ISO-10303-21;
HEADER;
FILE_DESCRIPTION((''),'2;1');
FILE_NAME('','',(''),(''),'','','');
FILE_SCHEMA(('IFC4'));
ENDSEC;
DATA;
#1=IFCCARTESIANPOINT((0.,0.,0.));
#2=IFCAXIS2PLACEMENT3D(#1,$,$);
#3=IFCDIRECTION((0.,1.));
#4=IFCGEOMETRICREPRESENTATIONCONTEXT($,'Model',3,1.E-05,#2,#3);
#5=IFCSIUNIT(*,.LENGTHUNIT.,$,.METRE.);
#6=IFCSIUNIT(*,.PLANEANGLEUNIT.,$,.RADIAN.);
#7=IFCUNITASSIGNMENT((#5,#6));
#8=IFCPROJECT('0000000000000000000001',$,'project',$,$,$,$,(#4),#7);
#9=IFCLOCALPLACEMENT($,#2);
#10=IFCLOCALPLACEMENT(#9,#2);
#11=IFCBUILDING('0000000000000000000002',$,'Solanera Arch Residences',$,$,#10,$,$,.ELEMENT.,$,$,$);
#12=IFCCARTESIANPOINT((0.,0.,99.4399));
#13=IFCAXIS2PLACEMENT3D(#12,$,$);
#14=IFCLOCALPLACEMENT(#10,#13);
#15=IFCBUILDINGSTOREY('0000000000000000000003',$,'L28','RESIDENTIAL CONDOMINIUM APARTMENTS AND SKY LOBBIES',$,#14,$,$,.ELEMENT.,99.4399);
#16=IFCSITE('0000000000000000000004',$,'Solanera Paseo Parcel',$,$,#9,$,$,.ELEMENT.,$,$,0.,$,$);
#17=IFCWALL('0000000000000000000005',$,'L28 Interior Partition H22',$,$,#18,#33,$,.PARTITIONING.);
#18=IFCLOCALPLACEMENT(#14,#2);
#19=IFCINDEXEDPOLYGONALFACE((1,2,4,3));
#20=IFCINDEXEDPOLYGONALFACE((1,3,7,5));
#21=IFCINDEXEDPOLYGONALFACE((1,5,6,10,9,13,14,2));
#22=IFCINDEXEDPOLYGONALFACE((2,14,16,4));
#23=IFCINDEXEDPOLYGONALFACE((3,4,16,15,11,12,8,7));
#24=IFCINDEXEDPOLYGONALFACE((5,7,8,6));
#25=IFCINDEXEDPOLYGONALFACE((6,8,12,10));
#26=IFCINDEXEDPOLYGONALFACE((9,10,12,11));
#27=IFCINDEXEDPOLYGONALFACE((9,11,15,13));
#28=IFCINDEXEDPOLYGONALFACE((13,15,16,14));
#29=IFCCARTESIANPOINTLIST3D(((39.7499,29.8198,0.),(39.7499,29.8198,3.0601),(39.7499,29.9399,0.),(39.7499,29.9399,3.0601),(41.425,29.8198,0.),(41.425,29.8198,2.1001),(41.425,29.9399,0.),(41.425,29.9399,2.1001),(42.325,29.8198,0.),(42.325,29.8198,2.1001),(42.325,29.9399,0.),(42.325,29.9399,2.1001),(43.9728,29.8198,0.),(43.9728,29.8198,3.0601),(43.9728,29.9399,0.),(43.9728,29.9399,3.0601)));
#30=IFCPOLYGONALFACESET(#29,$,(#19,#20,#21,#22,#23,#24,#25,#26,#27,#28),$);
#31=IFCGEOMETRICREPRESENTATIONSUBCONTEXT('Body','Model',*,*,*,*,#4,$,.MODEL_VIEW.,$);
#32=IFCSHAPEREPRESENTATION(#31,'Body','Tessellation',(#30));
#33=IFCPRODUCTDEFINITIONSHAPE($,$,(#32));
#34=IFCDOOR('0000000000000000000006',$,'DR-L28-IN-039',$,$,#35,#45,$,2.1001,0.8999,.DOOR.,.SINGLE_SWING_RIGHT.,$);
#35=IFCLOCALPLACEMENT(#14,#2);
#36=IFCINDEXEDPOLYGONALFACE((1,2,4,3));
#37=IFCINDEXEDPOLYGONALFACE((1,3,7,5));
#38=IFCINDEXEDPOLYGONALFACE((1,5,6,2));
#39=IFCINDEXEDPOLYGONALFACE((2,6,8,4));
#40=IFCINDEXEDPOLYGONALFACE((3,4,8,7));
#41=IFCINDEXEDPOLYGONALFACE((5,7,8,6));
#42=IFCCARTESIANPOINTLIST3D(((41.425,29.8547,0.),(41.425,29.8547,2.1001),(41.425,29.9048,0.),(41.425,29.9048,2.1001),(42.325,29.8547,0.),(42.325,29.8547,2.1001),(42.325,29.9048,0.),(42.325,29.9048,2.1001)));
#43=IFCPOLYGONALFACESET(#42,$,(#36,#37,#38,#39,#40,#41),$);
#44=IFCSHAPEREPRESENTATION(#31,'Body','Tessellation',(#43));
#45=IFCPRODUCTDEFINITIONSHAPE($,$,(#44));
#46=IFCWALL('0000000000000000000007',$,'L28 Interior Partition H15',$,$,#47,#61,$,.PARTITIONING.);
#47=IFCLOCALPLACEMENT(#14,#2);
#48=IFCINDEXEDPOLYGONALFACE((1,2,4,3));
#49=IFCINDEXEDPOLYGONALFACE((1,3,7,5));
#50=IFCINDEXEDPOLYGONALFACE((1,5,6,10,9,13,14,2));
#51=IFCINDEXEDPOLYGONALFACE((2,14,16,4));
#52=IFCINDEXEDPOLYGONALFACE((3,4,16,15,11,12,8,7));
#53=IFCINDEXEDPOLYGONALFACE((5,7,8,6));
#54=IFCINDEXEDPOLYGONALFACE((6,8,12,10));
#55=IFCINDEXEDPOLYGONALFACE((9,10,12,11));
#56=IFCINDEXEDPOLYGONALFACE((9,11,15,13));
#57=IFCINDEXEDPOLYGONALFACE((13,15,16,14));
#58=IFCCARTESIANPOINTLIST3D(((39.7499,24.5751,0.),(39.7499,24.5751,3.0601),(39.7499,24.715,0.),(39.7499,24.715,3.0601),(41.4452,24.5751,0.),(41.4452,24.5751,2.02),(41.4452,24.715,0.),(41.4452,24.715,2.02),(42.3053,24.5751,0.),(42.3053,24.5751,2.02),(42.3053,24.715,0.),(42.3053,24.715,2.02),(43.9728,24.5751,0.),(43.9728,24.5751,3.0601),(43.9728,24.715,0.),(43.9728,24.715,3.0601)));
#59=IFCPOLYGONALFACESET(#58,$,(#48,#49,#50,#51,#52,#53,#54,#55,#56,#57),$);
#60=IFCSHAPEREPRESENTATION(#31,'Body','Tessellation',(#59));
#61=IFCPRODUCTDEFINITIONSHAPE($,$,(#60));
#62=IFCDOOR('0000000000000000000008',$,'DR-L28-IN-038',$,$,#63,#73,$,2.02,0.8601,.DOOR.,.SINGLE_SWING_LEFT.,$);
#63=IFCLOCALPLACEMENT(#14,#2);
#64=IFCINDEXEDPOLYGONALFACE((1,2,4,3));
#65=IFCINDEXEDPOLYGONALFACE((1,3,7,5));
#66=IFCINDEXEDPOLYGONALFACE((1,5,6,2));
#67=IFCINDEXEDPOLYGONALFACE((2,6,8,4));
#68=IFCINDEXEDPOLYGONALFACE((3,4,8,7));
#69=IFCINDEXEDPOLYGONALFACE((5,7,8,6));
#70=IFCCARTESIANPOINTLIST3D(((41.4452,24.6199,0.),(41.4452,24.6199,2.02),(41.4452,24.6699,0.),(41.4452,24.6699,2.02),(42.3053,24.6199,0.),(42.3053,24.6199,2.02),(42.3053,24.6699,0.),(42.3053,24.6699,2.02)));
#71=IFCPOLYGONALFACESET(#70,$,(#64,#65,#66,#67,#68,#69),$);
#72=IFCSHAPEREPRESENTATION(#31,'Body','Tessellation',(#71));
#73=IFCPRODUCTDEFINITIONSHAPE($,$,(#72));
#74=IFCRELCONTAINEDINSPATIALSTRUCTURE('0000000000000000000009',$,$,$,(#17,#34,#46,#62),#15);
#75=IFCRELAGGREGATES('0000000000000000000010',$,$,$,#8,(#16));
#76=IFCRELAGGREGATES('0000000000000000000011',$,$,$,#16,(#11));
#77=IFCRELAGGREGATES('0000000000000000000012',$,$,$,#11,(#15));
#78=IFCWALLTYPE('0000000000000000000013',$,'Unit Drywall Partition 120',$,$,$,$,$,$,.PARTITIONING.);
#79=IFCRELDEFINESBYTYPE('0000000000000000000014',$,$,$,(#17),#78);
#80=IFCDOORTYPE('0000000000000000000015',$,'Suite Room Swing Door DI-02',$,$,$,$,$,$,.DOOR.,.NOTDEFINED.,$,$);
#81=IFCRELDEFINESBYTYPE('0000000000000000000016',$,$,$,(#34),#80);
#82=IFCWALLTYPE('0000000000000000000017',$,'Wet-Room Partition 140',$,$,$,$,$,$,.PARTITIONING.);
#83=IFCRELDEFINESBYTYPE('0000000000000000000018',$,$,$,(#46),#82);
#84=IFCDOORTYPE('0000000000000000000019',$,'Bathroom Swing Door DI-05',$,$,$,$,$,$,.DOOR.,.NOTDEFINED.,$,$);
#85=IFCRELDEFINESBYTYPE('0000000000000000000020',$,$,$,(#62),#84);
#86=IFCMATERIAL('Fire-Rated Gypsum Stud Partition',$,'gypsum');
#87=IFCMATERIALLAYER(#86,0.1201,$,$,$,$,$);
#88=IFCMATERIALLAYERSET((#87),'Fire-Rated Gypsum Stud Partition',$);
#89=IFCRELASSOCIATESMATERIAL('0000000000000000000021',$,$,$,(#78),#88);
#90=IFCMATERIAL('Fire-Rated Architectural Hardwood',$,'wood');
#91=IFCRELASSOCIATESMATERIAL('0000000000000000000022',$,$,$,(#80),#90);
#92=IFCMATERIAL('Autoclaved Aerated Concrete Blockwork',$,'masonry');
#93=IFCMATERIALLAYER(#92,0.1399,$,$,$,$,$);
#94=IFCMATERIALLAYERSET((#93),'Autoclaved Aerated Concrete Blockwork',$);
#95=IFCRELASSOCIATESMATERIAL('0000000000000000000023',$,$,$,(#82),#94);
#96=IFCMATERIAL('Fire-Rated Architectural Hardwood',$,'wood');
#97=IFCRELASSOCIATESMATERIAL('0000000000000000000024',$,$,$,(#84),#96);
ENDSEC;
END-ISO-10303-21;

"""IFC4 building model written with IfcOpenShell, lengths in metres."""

from ifc_helpers import new_model, si_unit, direction, frame, frame_2d, origin, place, context, subcontext, project, spatial, rectangle, extrude, material, layer, layer_set, type_object, element, fill, save


model = new_model("IFC4")

# Units and contexts
model_context = context("Model", 3, precision=1e-05, world=origin(), true_north=direction((0.0, 1.0)))
body_context = subcontext(model_context, "Body", "Model", "MODEL_VIEW")
ifc_project = project(units=[si_unit("LENGTHUNIT", "METRE"), si_unit("PLANEANGLEUNIT", "RADIAN")], contexts=[model_context])

# Site, building, storey
site_placement = place(None, origin())
site = spatial("IfcSite", under=ifc_project, at=site_placement, Name="Solanera Paseo Parcel", CompositionType="ELEMENT", RefElevation=0.0)
building_placement = place(site_placement, origin())
building = spatial("IfcBuilding", under=site, at=building_placement, Name="Solanera Arch Residences", CompositionType="ELEMENT")
storey_placement = place(building_placement, frame((0.0, 0.0, 99.4399)))
storey = spatial("IfcBuildingStorey", under=building, at=storey_placement, Name="L28", Description="RESIDENTIAL CONDOMINIUM APARTMENTS AND SKY LOBBIES", CompositionType="ELEMENT", Elevation=99.4399)

# Walls, openings, doors
ifc_material_1 = material(Name="Fire-Rated Gypsum Stud Partition", Category="gypsum")
ifc_layer_1 = layer(ifc_material_1, 0.1201)
ifc_layer_set_1 = layer_set([ifc_layer_1], Name="Fire-Rated Gypsum Stud Partition")
wall_type_1 = type_object("IfcWallType", Name="Unit Drywall Partition 120", PredefinedType="PARTITIONING", material=ifc_layer_set_1)
wall_1_placement = place(storey_placement, frame((39.75, 29.8799, 0.0), z_axis=(0.0, 0.0, 1.0), x_axis=(1.0, 0.0, 0.0)))
wall_1 = element("IfcWall", 1, at=wall_1_placement, inside=storey, type_object=wall_type_1, Name="L28 Interior Partition H22", PredefinedType="PARTITIONING", context=body_context, shape_type="SweptSolid", body=[
    extrude(rectangle(XDim=4.2229, YDim=0.1201, at=frame_2d((2.1113, 0.0))), origin(), (0.0, 0.0, 1.0), 3.0601),
])
opening_1_placement = place(wall_1_placement, frame((1.675, 0.0, 0.0)))
opening_1 = element("IfcOpeningElement", 2, at=opening_1_placement, cuts=wall_1, PredefinedType="OPENING", context=body_context, shape_type="SweptSolid", body=[
    extrude(rectangle(XDim=0.8999, YDim=2.1001, at=frame_2d((0.45, 1.05))), frame((0.0, 0.0701, 0.0), z_axis=(0.0, -1.0, 0.0), x_axis=(1.0, 0.0, 0.0)), (0.0, 0.0, 1.0), 0.1401),
])
ifc_material_2 = material(Name="Fire-Rated Architectural Hardwood", Category="wood")
door_type_1 = type_object("IfcDoorType", Name="Suite Room Swing Door DI-02", OperationType="NOTDEFINED", PredefinedType="DOOR", material=ifc_material_2)
door_1_placement = place(opening_1_placement, origin())
door_1 = element("IfcDoor", 3, at=door_1_placement, inside=storey, type_object=door_type_1, Name="DR-L28-IN-039", OperationType="SINGLE_SWING_RIGHT", OverallHeight=2.1001, OverallWidth=0.8999, PredefinedType="DOOR", context=body_context, shape_type="SweptSolid", body=[
    extrude(rectangle(XDim=0.8999, YDim=2.1001, at=frame_2d((0.45, 1.05))), frame((0.0, 0.0249, 0.0), z_axis=(0.0, -1.0, 0.0), x_axis=(1.0, 0.0, 0.0)), (0.0, 0.0, 1.0), 0.05),
])
fill(opening_1, door_1)
ifc_material_3 = material(Name="Autoclaved Aerated Concrete Blockwork", Category="masonry")
ifc_layer_2 = layer(ifc_material_3, 0.1399)
ifc_layer_set_2 = layer_set([ifc_layer_2], Name="Autoclaved Aerated Concrete Blockwork")
wall_type_2 = type_object("IfcWallType", Name="Wet-Room Partition 140", PredefinedType="PARTITIONING", material=ifc_layer_set_2)
wall_2_placement = place(storey_placement, frame((39.75, 24.645, 0.0), z_axis=(0.0, 0.0, 1.0), x_axis=(1.0, 0.0, 0.0)))
wall_2 = element("IfcWall", 4, at=wall_2_placement, inside=storey, type_object=wall_type_2, Name="L28 Interior Partition H15", PredefinedType="PARTITIONING", context=body_context, shape_type="SweptSolid", body=[
    extrude(rectangle(XDim=4.2229, YDim=0.1399, at=frame_2d((2.1113, 0.0))), origin(), (0.0, 0.0, 1.0), 3.0601),
])
opening_2_placement = place(wall_2_placement, frame((1.6951, 0.0, 0.0)))
opening_2 = element("IfcOpeningElement", 5, at=opening_2_placement, cuts=wall_2, PredefinedType="OPENING", context=body_context, shape_type="SweptSolid", body=[
    extrude(rectangle(XDim=0.8601, YDim=2.02, at=frame_2d((0.4302, 1.01))), frame((0.0, 0.0798, 0.0), z_axis=(0.0, -1.0, 0.0), x_axis=(1.0, 0.0, 0.0)), (0.0, 0.0, 1.0), 0.1599),
])
ifc_material_4 = material(Name="Fire-Rated Architectural Hardwood", Category="wood")
door_type_2 = type_object("IfcDoorType", Name="Bathroom Swing Door DI-05", OperationType="NOTDEFINED", PredefinedType="DOOR", material=ifc_material_4)
door_2_placement = place(opening_2_placement, origin())
door_2 = element("IfcDoor", 6, at=door_2_placement, inside=storey, type_object=door_type_2, Name="DR-L28-IN-038", OperationType="SINGLE_SWING_LEFT", OverallHeight=2.02, OverallWidth=0.8601, PredefinedType="DOOR", context=body_context, shape_type="SweptSolid", body=[
    extrude(rectangle(XDim=0.8601, YDim=2.02, at=frame_2d((0.4302, 1.01))), frame((0.0, 0.0249, 0.0), z_axis=(0.0, -1.0, 0.0), x_axis=(1.0, 0.0, 0.0)), (0.0, 0.0, 1.0), 0.05),
])
fill(opening_2, door_2)

save(model, "model.ifc")
